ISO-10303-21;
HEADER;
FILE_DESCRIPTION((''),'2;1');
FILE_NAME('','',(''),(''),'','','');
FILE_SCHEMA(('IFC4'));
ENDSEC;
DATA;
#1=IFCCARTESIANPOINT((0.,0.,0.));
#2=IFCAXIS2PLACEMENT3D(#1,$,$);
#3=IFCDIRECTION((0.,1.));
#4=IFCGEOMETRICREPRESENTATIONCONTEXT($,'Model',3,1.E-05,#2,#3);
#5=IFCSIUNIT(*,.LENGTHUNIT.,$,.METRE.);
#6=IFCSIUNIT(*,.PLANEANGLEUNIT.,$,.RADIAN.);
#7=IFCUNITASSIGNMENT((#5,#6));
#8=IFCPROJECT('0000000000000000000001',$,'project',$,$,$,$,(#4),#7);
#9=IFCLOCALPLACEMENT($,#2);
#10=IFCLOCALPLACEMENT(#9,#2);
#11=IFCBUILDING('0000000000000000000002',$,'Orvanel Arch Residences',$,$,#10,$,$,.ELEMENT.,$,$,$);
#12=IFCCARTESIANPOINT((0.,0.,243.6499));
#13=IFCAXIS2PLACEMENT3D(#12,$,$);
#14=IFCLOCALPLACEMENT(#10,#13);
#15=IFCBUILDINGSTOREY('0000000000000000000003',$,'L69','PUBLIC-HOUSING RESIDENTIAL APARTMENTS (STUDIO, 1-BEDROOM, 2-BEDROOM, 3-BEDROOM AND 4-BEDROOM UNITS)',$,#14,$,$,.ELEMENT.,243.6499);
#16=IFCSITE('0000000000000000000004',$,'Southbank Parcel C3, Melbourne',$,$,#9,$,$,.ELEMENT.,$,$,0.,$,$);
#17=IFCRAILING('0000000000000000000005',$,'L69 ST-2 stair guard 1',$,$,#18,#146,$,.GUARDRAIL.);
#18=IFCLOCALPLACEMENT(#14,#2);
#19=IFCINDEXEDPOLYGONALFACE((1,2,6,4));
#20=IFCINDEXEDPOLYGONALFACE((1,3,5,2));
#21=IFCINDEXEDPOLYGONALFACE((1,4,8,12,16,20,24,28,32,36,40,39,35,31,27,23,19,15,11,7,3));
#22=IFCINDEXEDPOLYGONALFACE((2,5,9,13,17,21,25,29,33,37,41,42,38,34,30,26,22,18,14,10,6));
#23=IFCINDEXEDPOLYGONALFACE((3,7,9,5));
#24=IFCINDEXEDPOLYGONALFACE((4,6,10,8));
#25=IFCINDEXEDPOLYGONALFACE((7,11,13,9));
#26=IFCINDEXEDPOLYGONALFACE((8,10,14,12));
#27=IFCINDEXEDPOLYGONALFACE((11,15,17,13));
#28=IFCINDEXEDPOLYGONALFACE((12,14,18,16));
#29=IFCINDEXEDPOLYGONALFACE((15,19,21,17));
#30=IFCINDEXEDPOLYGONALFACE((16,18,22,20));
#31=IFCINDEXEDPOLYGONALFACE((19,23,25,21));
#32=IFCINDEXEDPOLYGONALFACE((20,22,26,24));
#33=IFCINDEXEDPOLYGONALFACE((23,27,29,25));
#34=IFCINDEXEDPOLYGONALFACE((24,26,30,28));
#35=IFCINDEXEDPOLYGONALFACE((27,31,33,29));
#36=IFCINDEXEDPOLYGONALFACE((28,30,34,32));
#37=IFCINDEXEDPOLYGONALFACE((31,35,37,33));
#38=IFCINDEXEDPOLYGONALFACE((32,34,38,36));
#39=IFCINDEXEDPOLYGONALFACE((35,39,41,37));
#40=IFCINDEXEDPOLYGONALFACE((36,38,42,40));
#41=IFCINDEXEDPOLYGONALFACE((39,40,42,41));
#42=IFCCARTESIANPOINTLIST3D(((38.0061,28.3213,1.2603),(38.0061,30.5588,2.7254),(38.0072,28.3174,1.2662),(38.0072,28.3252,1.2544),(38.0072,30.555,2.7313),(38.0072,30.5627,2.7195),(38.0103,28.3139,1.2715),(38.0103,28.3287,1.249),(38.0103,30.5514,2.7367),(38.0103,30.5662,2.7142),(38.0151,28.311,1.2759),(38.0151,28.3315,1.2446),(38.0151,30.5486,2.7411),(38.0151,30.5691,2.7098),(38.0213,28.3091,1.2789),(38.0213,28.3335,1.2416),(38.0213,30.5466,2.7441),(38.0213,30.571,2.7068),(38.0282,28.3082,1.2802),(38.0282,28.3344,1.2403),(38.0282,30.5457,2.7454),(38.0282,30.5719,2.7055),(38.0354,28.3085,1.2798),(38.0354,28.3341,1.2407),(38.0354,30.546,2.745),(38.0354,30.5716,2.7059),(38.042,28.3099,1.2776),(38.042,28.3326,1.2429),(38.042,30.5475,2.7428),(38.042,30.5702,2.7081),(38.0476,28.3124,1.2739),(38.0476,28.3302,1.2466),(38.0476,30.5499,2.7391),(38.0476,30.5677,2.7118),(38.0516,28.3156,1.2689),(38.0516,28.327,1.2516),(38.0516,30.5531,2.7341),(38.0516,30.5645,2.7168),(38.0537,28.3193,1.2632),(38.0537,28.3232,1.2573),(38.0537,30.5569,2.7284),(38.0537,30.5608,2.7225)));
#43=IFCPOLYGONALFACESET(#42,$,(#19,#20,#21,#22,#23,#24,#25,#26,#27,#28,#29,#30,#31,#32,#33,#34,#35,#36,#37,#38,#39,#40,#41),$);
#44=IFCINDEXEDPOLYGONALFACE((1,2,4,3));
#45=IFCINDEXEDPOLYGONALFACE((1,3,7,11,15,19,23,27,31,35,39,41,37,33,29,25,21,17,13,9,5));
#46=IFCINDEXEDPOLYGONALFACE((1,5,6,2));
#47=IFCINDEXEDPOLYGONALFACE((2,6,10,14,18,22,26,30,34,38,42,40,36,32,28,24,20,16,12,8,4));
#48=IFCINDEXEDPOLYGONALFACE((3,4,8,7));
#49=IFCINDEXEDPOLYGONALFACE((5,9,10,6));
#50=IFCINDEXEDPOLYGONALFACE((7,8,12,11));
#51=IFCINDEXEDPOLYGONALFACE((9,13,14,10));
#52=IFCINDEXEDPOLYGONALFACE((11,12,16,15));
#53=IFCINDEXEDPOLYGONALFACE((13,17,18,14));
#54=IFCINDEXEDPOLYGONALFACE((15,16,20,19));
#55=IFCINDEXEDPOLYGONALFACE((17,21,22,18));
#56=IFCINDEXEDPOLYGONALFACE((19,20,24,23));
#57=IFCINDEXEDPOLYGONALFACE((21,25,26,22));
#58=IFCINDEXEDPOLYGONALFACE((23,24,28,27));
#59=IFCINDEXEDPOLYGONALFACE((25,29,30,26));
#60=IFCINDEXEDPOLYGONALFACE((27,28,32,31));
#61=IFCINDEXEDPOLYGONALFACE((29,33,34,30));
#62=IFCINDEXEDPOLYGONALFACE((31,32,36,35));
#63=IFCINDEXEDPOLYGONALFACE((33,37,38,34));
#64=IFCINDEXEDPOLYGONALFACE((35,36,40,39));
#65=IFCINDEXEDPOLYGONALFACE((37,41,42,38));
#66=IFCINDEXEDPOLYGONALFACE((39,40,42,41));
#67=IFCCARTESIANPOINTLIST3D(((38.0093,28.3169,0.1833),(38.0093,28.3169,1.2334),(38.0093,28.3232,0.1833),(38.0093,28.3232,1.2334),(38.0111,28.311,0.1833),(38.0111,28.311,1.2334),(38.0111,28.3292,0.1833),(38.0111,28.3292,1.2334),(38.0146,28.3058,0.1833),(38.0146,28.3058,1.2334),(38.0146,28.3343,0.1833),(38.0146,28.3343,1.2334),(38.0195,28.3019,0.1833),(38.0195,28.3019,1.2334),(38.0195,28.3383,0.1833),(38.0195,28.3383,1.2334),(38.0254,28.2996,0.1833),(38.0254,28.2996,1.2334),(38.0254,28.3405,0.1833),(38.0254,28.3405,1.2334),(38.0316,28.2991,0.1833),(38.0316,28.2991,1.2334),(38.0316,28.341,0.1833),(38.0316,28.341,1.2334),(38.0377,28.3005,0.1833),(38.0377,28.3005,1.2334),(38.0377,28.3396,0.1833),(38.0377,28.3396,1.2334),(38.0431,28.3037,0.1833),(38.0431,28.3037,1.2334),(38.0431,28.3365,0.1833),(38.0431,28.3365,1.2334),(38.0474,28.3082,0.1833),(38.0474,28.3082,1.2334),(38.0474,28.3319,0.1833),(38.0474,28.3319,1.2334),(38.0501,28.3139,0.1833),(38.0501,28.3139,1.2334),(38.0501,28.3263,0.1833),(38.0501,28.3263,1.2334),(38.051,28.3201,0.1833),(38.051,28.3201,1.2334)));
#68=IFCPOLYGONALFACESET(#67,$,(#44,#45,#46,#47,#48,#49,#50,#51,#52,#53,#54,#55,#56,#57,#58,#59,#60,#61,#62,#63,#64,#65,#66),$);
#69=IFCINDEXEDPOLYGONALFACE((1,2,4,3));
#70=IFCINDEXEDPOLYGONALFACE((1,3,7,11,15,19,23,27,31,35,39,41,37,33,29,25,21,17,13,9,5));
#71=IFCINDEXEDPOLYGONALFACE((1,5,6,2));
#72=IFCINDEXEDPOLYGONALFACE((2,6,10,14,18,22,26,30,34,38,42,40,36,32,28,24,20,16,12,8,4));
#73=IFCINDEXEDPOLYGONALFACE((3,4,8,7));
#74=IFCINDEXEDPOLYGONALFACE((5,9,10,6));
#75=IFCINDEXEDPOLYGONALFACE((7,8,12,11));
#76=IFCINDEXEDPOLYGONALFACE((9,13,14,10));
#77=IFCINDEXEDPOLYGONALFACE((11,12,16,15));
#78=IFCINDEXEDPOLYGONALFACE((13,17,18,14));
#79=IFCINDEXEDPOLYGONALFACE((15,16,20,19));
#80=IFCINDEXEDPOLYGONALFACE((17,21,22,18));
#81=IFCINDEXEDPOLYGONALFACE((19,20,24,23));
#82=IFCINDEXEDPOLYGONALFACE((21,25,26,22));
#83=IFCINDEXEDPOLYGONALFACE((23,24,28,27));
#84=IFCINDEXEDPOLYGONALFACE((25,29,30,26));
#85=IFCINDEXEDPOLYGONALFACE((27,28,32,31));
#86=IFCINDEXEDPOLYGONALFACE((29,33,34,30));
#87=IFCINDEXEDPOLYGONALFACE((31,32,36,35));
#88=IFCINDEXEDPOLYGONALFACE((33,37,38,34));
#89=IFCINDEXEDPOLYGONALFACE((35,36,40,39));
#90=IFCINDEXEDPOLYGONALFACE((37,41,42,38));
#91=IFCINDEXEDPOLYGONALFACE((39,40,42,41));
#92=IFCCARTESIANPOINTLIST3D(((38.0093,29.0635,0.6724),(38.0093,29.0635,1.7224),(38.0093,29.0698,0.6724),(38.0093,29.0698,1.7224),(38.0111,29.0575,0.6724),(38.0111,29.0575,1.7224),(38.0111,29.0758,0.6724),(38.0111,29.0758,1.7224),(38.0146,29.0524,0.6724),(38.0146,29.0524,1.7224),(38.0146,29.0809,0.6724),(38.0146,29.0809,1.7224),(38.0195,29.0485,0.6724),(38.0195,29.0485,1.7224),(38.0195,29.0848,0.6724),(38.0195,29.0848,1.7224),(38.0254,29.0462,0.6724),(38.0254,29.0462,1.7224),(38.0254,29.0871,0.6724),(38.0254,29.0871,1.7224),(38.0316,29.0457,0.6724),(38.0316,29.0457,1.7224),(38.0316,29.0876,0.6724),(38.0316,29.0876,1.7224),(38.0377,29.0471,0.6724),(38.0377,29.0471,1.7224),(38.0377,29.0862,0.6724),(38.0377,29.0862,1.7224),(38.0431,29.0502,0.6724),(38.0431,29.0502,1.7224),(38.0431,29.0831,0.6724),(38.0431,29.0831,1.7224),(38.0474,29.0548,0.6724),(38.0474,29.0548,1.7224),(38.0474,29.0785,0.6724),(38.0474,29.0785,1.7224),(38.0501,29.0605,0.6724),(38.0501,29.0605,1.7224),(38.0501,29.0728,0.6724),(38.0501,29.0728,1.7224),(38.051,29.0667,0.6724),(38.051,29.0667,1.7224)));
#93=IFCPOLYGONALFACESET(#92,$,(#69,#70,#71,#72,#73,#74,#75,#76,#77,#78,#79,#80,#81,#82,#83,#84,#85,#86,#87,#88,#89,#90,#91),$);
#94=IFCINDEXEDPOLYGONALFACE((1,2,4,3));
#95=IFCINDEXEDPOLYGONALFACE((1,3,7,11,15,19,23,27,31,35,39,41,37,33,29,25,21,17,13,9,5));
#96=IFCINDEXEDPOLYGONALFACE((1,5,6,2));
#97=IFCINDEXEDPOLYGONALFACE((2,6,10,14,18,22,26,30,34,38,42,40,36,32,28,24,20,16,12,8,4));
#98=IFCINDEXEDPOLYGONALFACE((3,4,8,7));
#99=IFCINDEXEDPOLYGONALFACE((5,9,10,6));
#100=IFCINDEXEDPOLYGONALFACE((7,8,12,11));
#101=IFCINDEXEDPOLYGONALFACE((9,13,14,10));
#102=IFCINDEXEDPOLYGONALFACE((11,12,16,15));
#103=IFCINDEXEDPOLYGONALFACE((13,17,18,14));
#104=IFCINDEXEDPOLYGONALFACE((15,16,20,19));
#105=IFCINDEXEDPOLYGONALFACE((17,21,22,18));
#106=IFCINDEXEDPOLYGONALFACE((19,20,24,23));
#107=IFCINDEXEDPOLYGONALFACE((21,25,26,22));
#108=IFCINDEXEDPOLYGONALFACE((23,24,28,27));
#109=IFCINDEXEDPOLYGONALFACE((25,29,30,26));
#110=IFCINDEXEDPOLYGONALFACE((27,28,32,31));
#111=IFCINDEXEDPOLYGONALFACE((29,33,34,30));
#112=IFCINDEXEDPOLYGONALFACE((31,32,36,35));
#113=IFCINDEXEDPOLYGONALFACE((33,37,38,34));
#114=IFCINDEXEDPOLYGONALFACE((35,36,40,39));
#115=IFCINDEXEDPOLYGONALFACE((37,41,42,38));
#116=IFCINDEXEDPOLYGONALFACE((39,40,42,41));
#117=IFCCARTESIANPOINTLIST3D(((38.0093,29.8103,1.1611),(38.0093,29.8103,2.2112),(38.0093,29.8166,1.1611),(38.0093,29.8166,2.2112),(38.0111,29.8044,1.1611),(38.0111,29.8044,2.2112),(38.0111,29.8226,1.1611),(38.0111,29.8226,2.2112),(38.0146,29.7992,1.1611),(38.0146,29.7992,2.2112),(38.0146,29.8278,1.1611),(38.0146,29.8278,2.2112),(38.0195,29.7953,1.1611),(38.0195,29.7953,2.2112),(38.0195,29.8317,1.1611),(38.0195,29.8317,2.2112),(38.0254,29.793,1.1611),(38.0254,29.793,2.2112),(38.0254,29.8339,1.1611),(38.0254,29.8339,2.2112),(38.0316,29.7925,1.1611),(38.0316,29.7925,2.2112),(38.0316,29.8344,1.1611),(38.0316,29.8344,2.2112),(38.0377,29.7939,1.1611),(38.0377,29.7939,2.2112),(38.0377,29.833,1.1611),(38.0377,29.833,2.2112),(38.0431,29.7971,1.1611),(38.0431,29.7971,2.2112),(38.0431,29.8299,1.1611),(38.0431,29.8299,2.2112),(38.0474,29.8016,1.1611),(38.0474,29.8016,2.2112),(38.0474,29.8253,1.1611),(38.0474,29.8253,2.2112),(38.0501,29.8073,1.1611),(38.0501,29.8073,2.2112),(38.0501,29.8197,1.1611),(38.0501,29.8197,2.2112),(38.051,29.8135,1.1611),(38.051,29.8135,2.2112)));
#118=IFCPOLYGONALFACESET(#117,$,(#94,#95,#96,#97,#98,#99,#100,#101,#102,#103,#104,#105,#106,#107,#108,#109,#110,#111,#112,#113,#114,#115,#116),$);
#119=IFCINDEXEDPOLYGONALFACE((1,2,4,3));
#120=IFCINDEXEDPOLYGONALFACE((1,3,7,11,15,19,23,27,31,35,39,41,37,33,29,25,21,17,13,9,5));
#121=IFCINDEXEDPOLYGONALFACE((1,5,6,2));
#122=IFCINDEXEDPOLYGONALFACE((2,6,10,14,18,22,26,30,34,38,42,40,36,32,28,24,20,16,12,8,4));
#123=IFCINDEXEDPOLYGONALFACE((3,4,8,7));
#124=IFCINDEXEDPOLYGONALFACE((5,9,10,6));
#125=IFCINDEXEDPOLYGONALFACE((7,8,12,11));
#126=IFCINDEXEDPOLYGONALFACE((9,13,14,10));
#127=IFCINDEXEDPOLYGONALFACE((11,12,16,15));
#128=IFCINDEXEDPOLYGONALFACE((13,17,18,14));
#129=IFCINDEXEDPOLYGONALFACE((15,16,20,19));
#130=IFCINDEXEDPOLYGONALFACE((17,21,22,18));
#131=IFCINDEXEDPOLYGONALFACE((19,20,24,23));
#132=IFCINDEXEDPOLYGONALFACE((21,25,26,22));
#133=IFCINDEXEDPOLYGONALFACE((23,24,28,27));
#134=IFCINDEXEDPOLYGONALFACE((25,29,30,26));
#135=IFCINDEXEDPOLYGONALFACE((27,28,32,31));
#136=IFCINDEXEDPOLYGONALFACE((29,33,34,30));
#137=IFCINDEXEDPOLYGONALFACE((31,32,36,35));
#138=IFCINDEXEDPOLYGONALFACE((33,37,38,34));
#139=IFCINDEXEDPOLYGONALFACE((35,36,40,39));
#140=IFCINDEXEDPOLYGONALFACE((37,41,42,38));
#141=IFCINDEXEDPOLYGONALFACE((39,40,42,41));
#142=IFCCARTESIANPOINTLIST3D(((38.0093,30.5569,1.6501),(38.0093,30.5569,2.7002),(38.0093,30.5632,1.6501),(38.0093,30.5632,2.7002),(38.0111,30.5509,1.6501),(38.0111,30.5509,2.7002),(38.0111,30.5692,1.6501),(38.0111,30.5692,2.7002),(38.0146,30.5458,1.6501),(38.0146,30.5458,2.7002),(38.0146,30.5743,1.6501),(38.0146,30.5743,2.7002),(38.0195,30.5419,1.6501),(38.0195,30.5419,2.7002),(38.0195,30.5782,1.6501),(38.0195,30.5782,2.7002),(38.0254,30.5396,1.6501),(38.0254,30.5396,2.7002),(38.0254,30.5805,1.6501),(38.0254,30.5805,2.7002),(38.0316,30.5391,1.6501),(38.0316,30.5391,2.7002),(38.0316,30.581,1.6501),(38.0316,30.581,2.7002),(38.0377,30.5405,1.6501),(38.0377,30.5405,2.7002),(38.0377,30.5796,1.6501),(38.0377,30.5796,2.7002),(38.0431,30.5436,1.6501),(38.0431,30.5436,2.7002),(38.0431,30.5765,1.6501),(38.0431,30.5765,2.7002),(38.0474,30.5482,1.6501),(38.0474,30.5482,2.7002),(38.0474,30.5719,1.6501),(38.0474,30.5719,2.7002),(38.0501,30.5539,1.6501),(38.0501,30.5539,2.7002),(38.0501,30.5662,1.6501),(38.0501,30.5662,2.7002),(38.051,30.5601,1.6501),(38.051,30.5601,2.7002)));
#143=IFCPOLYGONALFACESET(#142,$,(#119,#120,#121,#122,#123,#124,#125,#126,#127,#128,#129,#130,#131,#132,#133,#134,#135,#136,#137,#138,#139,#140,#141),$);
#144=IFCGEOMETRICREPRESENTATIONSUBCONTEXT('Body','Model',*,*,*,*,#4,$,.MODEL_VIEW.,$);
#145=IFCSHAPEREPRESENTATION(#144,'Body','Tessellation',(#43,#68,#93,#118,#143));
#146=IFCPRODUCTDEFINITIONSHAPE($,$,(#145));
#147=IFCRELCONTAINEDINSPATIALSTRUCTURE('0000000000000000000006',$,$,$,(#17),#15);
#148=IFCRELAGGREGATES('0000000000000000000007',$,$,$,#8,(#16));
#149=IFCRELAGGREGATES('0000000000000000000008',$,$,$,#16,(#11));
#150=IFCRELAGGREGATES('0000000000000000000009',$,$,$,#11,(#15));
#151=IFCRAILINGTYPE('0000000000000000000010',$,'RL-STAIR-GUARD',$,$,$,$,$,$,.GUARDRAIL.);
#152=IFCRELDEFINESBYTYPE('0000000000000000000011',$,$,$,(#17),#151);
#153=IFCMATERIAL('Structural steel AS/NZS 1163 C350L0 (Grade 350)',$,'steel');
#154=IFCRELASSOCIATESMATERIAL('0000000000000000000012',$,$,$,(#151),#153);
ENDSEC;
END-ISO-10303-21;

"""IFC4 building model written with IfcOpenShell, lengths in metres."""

from ifc_helpers import new_model, si_unit, direction, frame, origin, origin_2d, place, context, subcontext, project, spatial, circle, extrude, material, type_object, element, save


model = new_model("IFC4")

# Units and contexts
model_context = context("Model", 3, precision=1e-05, world=origin(), true_north=direction((0.0, 1.0)))
body_context = subcontext(model_context, "Body", "Model", "MODEL_VIEW")
ifc_project = project(units=[si_unit("LENGTHUNIT", "METRE"), si_unit("PLANEANGLEUNIT", "RADIAN")], contexts=[model_context])

# Site, building, storey
site_placement = place(None, origin())
site = spatial("IfcSite", under=ifc_project, at=site_placement, Name="Southbank Parcel C3, Melbourne", CompositionType="ELEMENT", RefElevation=0.0)
building_placement = place(site_placement, origin())
building = spatial("IfcBuilding", under=site, at=building_placement, Name="Orvanel Arch Residences", CompositionType="ELEMENT")
storey_placement = place(building_placement, frame((0.0, 0.0, 243.6499)))
storey = spatial("IfcBuildingStorey", under=building, at=storey_placement, Name="L69", Description="PUBLIC-HOUSING RESIDENTIAL APARTMENTS (STUDIO, 1-BEDROOM, 2-BEDROOM, 3-BEDROOM AND 4-BEDROOM UNITS)", CompositionType="ELEMENT", Elevation=243.6499)

# Shared definitions
ifc_material_1 = material(Name="Structural steel AS/NZS 1163 C350L0 (Grade 350)", Category="steel")

# Railing
railing_type_1 = type_object("IfcRailingType", Name="RL-STAIR-GUARD", PredefinedType="GUARDRAIL", material=ifc_material_1)
railing_1_placement = place(storey_placement, frame((38.03, 28.3201, 0.1833)))
element("IfcRailing", 1, at=railing_1_placement, inside=storey, type_object=railing_type_1, Name="L69 ST-2 stair guard 1", PredefinedType="GUARDRAIL", context=body_context, shape_type="SweptSolid", body=[
    extrude(circle(Radius=0.0239, at=origin_2d()), frame((0.0, 0.0012, 1.0769), z_axis=(0.0, 0.836595, 0.547822), x_axis=(-1.0, 0.0, 0.0)), (0.0, 0.0, 1.0), 2.6746),
    extrude(circle(Radius=0.021, at=origin_2d()), origin(), (0.0, 0.0, 1.0), 1.05),
    extrude(circle(Radius=0.021, at=origin_2d()), frame((0.0, 0.7466, 0.489)), (0.0, 0.0, 1.0), 1.05),
    extrude(circle(Radius=0.021, at=origin_2d()), frame((0.0, 1.4934, 0.9778)), (0.0, 0.0, 1.0), 1.05),
    extrude(circle(Radius=0.021, at=origin_2d()), frame((0.0, 2.24, 1.4668)), (0.0, 0.0, 1.0), 1.05),
])

save(model, "model.ifc")
